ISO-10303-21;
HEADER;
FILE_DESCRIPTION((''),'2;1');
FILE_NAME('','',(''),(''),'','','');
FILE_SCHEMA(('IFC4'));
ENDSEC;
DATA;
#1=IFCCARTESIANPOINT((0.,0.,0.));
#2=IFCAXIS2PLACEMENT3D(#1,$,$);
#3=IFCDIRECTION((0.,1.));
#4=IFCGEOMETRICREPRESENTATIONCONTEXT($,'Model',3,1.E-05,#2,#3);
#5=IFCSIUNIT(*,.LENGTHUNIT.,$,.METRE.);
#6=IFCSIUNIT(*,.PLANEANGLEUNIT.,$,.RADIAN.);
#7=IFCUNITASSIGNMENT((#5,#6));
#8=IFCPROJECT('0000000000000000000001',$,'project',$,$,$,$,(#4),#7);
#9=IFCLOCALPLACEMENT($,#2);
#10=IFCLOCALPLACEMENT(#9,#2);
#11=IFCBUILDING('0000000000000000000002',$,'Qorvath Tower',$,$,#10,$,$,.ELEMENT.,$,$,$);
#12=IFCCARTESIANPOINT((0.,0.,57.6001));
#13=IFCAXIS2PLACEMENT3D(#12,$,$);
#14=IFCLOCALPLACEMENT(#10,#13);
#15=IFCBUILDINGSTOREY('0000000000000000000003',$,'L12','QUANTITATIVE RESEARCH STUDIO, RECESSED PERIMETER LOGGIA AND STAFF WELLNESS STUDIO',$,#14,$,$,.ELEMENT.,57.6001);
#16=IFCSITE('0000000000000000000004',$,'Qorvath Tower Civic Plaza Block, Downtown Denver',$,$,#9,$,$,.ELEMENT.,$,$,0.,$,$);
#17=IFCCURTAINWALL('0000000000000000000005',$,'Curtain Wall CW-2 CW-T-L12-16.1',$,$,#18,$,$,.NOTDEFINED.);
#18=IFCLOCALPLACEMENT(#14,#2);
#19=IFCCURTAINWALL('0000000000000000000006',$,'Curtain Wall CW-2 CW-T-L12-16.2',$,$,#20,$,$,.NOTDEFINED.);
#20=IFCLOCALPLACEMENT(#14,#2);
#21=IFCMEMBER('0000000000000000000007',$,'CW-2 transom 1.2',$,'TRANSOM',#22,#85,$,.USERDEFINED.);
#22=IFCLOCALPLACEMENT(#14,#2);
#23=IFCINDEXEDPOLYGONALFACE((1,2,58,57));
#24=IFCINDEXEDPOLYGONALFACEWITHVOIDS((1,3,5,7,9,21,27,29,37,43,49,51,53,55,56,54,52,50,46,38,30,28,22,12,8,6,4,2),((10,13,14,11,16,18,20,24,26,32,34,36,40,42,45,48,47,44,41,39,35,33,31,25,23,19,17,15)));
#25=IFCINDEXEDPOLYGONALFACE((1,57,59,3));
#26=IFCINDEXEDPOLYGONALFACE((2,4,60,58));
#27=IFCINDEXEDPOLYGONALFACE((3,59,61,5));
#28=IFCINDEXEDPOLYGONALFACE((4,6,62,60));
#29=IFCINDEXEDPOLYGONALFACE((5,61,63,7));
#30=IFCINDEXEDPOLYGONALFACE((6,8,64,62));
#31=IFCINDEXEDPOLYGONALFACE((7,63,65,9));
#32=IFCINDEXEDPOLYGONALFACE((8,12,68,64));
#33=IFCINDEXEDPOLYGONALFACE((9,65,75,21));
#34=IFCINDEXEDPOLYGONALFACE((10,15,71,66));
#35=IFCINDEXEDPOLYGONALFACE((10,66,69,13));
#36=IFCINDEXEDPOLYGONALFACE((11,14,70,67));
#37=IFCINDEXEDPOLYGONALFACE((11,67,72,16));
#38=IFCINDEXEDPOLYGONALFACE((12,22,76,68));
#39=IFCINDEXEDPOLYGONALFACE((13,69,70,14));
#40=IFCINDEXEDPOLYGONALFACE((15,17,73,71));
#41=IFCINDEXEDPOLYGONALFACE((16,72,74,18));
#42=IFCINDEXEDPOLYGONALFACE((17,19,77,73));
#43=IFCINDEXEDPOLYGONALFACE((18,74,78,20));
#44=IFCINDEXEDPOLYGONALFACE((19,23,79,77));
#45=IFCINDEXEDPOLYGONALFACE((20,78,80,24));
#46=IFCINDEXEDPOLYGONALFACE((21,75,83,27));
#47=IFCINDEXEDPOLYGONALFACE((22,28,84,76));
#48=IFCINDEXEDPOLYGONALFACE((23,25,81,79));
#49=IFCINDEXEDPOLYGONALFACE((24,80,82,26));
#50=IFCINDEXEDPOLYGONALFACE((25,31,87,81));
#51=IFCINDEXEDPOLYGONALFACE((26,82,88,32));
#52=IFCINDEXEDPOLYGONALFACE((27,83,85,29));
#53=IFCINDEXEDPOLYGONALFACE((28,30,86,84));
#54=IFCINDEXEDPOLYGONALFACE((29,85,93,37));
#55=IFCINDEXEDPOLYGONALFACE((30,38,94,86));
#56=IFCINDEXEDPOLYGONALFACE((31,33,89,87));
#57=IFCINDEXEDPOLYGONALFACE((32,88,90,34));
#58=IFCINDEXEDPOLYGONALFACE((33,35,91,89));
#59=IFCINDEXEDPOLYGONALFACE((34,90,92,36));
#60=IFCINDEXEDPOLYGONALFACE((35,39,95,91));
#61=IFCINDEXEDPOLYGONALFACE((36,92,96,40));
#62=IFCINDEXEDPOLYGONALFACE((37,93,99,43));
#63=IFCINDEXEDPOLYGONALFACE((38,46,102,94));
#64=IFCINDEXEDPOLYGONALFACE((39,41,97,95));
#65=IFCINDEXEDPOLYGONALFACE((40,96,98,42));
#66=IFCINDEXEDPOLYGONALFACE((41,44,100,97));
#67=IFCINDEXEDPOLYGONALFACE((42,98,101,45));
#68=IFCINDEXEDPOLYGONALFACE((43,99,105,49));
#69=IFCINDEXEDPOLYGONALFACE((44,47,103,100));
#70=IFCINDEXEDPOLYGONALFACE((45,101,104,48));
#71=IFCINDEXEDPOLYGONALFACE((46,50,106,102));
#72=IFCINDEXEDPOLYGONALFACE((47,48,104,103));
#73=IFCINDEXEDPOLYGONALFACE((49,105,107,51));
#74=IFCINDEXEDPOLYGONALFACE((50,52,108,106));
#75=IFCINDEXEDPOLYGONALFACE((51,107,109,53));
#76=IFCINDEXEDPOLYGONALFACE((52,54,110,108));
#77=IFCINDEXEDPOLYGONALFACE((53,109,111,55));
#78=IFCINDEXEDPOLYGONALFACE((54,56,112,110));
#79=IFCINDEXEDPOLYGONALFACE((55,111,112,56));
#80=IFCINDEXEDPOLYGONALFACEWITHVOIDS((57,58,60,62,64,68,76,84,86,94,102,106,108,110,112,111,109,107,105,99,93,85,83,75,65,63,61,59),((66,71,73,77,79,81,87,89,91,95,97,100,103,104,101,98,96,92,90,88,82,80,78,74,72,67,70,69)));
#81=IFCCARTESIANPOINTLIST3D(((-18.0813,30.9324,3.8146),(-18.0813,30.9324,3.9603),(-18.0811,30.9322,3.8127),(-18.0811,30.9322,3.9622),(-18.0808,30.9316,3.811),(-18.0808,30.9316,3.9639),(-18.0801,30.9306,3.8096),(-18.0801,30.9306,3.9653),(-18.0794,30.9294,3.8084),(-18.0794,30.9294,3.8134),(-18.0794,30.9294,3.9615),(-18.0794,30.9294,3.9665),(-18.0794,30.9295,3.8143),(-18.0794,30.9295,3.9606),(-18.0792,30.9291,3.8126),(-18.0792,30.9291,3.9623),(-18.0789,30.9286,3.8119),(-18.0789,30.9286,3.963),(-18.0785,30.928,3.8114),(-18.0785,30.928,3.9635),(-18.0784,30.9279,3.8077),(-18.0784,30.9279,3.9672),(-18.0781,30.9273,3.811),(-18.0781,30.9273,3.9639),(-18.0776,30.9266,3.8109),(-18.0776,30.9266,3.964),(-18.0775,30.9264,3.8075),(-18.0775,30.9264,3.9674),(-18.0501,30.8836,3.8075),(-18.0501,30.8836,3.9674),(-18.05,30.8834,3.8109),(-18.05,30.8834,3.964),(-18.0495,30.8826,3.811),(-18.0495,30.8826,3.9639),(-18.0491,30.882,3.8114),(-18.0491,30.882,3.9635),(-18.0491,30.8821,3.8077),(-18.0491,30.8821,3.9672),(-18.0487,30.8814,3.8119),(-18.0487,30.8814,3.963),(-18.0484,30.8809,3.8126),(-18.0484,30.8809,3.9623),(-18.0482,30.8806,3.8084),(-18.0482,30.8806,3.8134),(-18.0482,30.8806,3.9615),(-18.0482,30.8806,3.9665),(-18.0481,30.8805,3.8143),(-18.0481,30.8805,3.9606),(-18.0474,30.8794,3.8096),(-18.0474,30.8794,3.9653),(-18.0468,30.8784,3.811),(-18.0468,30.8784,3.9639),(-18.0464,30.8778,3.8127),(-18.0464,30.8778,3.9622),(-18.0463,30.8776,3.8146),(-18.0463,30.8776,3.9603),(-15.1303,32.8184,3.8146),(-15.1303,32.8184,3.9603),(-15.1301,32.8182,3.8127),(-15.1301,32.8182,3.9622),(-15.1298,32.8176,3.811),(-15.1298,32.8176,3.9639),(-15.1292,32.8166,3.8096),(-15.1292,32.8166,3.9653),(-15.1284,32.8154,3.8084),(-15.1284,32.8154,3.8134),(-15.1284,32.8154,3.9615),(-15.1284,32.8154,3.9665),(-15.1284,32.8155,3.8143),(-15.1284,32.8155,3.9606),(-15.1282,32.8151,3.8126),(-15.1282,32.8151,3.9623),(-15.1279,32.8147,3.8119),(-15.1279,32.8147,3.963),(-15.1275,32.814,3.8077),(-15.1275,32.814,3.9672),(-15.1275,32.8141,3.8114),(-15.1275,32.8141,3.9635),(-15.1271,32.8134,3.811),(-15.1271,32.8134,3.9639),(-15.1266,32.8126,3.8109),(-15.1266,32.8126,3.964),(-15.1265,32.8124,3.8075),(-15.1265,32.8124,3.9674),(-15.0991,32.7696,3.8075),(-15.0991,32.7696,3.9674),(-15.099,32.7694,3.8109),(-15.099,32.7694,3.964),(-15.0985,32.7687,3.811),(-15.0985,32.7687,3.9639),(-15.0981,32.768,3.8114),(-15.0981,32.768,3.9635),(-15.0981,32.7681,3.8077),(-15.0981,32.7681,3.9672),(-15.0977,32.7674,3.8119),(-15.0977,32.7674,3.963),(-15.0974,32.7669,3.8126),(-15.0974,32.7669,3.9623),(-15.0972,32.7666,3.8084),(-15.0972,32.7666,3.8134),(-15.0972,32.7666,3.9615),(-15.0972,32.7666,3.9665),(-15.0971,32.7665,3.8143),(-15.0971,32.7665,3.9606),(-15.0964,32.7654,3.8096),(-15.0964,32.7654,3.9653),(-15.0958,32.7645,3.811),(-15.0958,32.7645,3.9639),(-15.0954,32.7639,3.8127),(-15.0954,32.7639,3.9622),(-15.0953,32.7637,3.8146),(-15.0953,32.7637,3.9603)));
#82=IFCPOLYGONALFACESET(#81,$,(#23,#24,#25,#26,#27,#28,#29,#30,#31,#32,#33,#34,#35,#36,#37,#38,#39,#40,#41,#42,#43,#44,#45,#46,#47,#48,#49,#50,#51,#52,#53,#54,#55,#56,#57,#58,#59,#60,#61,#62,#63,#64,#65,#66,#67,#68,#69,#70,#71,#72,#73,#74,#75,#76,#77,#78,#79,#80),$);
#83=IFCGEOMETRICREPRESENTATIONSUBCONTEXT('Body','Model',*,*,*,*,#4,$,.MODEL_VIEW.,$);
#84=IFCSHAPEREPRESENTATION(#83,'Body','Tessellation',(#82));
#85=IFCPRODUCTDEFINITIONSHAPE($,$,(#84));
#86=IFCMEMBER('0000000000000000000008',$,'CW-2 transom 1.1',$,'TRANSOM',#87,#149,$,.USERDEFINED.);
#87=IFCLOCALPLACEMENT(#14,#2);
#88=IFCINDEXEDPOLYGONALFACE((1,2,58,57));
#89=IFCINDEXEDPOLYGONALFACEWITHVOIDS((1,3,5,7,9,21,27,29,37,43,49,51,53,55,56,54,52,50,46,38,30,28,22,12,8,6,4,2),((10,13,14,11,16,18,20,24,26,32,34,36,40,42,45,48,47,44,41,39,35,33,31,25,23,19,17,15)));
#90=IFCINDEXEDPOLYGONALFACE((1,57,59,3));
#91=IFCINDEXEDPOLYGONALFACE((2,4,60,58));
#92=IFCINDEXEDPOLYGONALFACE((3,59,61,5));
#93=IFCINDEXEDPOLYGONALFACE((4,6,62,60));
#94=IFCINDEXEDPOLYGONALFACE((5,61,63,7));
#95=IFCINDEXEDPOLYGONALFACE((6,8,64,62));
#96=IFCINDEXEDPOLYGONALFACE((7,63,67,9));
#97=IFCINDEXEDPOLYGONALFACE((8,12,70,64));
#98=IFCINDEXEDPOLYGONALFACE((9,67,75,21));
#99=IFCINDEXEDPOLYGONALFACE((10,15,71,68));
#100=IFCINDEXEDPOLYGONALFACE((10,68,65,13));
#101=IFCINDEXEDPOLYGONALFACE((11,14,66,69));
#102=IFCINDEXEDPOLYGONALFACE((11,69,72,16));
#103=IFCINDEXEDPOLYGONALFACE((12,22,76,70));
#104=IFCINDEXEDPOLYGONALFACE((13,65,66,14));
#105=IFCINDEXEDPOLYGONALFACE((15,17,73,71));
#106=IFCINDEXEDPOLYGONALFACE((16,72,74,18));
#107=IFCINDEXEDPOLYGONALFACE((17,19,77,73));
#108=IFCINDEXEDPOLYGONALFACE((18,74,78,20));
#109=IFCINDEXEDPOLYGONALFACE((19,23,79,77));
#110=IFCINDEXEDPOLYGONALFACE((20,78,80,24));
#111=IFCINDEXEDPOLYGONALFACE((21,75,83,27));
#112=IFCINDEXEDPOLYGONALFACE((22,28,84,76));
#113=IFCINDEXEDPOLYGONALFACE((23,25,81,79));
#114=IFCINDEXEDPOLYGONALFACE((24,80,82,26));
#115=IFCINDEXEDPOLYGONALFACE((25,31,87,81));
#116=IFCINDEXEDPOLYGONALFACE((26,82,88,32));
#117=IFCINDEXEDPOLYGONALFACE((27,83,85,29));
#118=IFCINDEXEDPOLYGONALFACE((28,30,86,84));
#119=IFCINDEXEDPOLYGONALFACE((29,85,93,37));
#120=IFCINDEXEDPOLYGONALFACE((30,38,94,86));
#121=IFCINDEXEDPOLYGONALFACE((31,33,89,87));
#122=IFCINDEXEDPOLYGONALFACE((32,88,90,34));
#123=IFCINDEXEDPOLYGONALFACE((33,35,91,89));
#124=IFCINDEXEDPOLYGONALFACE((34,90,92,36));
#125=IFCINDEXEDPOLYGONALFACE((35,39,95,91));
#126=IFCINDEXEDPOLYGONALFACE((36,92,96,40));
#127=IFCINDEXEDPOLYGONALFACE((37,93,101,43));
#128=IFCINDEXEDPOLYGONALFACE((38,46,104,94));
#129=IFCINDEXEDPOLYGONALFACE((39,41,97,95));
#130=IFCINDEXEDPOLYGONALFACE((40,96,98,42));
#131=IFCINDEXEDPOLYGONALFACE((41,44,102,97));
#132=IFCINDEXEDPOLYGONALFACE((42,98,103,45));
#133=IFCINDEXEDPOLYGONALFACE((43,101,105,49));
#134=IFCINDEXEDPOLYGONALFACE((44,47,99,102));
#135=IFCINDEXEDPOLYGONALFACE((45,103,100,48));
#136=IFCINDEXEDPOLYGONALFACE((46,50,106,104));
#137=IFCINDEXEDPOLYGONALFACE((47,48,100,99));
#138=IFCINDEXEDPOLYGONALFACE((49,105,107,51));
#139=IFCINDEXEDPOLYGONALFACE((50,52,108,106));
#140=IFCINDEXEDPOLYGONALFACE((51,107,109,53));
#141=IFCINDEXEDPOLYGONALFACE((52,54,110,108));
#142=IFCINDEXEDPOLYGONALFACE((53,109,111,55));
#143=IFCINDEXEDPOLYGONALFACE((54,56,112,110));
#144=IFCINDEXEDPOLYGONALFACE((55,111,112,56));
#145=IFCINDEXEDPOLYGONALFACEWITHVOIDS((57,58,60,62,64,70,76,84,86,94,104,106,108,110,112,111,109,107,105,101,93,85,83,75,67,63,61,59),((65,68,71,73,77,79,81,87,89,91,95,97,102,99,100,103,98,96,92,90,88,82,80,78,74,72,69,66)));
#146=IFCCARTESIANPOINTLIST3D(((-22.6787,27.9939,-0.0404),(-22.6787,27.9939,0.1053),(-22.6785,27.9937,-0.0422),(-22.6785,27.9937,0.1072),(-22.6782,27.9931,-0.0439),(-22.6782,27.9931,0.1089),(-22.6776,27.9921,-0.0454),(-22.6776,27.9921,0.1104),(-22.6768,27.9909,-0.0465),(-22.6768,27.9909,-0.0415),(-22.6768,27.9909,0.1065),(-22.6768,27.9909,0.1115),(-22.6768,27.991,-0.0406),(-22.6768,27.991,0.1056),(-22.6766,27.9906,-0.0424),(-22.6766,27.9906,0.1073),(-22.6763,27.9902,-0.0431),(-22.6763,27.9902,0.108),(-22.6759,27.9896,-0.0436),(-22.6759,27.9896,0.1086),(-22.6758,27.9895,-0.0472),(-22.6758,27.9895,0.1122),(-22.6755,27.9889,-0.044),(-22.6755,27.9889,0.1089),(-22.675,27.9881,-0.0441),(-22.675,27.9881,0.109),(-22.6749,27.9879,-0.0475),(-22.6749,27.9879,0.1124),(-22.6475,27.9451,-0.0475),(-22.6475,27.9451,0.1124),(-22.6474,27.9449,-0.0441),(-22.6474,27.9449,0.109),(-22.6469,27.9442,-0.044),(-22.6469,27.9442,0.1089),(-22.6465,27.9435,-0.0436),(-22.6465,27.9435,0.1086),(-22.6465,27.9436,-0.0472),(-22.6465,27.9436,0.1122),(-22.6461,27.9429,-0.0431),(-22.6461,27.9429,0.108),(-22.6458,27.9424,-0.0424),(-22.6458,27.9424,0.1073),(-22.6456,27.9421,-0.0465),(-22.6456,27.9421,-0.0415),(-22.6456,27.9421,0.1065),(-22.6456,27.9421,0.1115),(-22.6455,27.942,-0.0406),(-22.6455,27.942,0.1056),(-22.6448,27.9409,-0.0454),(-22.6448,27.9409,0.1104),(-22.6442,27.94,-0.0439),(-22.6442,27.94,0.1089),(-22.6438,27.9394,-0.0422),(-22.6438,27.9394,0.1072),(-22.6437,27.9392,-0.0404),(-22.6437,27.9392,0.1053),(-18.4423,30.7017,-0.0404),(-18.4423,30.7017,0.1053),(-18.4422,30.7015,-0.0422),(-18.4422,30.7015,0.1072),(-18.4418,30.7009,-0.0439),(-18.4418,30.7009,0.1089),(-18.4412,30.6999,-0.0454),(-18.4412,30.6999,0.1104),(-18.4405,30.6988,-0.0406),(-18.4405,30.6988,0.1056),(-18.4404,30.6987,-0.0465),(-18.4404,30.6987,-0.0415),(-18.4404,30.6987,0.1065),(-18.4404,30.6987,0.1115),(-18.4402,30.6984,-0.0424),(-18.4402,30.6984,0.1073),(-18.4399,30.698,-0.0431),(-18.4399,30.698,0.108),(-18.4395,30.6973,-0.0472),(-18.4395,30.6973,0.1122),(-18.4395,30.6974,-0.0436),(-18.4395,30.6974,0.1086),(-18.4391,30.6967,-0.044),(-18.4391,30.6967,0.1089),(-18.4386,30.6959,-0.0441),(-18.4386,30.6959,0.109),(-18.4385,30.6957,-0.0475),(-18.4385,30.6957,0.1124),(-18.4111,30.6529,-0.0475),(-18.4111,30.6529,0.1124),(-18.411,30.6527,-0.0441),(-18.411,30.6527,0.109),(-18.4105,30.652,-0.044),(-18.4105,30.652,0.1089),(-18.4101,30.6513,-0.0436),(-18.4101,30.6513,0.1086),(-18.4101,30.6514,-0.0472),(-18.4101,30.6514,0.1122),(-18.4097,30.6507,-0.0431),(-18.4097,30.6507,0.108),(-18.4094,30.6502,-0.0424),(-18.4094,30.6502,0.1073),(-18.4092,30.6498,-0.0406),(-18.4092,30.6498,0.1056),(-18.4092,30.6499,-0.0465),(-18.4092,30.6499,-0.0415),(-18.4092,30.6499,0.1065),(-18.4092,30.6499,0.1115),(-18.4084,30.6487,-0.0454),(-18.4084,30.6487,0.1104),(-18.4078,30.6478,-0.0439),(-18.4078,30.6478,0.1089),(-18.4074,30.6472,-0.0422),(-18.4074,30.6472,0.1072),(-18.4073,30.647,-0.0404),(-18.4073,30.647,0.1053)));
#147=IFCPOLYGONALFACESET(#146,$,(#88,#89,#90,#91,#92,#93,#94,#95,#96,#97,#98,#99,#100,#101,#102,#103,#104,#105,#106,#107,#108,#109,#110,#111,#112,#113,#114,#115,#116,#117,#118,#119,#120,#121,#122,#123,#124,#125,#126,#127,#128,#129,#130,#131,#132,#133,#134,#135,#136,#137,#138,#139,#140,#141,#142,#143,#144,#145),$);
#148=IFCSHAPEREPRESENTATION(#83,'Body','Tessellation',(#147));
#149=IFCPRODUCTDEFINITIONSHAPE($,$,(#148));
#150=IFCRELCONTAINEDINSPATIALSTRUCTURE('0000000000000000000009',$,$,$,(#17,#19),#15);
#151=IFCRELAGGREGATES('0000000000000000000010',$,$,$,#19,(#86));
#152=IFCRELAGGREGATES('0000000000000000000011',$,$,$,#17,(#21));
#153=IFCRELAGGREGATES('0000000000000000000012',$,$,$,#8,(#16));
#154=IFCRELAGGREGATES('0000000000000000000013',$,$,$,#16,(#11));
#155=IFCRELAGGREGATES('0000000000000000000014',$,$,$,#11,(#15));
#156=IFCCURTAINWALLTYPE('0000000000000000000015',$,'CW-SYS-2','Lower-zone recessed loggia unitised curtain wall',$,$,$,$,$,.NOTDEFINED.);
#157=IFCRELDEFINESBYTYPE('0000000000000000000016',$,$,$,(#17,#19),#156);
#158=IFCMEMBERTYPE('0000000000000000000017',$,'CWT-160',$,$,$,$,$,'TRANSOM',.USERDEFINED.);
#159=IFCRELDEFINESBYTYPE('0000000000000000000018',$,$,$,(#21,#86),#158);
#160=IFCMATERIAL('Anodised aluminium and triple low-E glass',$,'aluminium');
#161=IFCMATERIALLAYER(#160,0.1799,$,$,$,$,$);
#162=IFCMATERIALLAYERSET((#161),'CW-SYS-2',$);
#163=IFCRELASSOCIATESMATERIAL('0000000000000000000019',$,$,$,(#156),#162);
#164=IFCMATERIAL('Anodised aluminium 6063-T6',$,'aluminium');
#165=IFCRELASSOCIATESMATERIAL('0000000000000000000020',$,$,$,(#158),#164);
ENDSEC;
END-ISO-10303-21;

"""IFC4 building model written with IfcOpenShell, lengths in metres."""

from ifc_helpers import new_model, si_unit, direction, frame, origin, origin_2d, place, context, subcontext, project, spatial, hollow_rectangle, extrude, material, layer, layer_set, material_profile, profile_set, type_object, element, aggregate, save


model = new_model("IFC4")

# Units and contexts
model_context = context("Model", 3, precision=1e-05, world=origin(), true_north=direction((0.0, 1.0)))
body_context = subcontext(model_context, "Body", "Model", "MODEL_VIEW")
ifc_project = project(units=[si_unit("LENGTHUNIT", "METRE"), si_unit("PLANEANGLEUNIT", "RADIAN")], contexts=[model_context])

# Site, building, storey
site_placement = place(None, origin())
site = spatial("IfcSite", under=ifc_project, at=site_placement, Name="Qorvath Tower Civic Plaza Block, Downtown Denver", CompositionType="ELEMENT", RefElevation=0.0)
building_placement = place(site_placement, origin())
building = spatial("IfcBuilding", under=site, at=building_placement, Name="Qorvath Tower", CompositionType="ELEMENT")
storey_placement = place(building_placement, frame((0.0, 0.0, 57.6001)))
storey = spatial("IfcBuildingStorey", under=building, at=storey_placement, Name="L12", Description="QUANTITATIVE RESEARCH STUDIO, RECESSED PERIMETER LOGGIA AND STAFF WELLNESS STUDIO", CompositionType="ELEMENT", Elevation=57.6001)

# Shared definitions
ifc_material_1 = material(Name="Anodised aluminium and triple low-E glass", Category="aluminium")
ifc_layer_1 = layer(ifc_material_1, 0.1799)
ifc_layer_set_1 = layer_set([ifc_layer_1], Name="CW-SYS-2")
curtain_wall_type = type_object("IfcCurtainWallType", Name="CW-SYS-2", Description="Lower-zone recessed loggia unitised curtain wall", PredefinedType="NOTDEFINED", material=ifc_layer_set_1)

# Curtain wall
curtain_wall_1_placement = place(storey_placement, origin())
curtain_wall_1 = element("IfcCurtainWall", 1, at=curtain_wall_1_placement, inside=storey, type_object=curtain_wall_type, Name="Curtain Wall CW-2 CW-T-L12-16.1", PredefinedType="NOTDEFINED")

# Curtain wall
curtain_wall_2_placement = place(storey_placement, origin())
curtain_wall_2 = element("IfcCurtainWall", 2, at=curtain_wall_2_placement, inside=storey, type_object=curtain_wall_type, Name="Curtain Wall CW-2 CW-T-L12-16.2", PredefinedType="NOTDEFINED")

# Members
ifc_material_2 = material(Name="Anodised aluminium 6063-T6", Category="aluminium")
ifc_material_profile_1 = material_profile(ifc_material_2, hollow_rectangle(XDim=0.0649, YDim=0.1599, WallThickness=0.0034, InnerFilletRadius=0.0034, OuterFilletRadius=0.0071, at=origin_2d()), Name="CWT 160x65")
ifc_profile_set_1 = profile_set([ifc_material_profile_1], Name="Anodised aluminium 6063-T6")
member_type_1 = type_object("IfcMemberType", Name="CWT-160", ElementType="TRANSOM", PredefinedType="USERDEFINED", material=ifc_profile_set_1)
member_1_placement = place(storey_placement, frame((-15.1128, 32.791, 3.8875), z_axis=(-0.842609, -0.538525, 0.0), x_axis=(0.538525, -0.842609, 0.0)))
member_1 = element("IfcMember", 3, at=member_1_placement, type_object=member_type_1, Name="CW-2 transom 1.2", ObjectType="TRANSOM", PredefinedType="USERDEFINED", context=body_context, shape_type="SweptSolid", body=[
    extrude(hollow_rectangle(XDim=0.0649, YDim=0.1599, WallThickness=0.0034, InnerFilletRadius=0.0034, OuterFilletRadius=0.0071, at=origin_2d()), origin(), (0.0, 0.0, 1.0), 3.5022),
])
member_2_placement = place(storey_placement, frame((-18.4248, 30.6743, 0.0325), z_axis=(-0.842586, -0.538562, 0.0), x_axis=(0.538562, -0.842586, 0.0)))
member_2 = element("IfcMember", 4, at=member_2_placement, type_object=member_type_1, Name="CW-2 transom 1.1", ObjectType="TRANSOM", PredefinedType="USERDEFINED", context=body_context, shape_type="SweptSolid", body=[
    extrude(hollow_rectangle(XDim=0.0649, YDim=0.1599, WallThickness=0.0034, InnerFilletRadius=0.0034, OuterFilletRadius=0.0071, at=origin_2d()), origin(), (0.0, 0.0, 1.0), 5.0278),
])
aggregate(curtain_wall_2, [member_2])

aggregate(curtain_wall_1, [member_1])

save(model, "model.ifc")
